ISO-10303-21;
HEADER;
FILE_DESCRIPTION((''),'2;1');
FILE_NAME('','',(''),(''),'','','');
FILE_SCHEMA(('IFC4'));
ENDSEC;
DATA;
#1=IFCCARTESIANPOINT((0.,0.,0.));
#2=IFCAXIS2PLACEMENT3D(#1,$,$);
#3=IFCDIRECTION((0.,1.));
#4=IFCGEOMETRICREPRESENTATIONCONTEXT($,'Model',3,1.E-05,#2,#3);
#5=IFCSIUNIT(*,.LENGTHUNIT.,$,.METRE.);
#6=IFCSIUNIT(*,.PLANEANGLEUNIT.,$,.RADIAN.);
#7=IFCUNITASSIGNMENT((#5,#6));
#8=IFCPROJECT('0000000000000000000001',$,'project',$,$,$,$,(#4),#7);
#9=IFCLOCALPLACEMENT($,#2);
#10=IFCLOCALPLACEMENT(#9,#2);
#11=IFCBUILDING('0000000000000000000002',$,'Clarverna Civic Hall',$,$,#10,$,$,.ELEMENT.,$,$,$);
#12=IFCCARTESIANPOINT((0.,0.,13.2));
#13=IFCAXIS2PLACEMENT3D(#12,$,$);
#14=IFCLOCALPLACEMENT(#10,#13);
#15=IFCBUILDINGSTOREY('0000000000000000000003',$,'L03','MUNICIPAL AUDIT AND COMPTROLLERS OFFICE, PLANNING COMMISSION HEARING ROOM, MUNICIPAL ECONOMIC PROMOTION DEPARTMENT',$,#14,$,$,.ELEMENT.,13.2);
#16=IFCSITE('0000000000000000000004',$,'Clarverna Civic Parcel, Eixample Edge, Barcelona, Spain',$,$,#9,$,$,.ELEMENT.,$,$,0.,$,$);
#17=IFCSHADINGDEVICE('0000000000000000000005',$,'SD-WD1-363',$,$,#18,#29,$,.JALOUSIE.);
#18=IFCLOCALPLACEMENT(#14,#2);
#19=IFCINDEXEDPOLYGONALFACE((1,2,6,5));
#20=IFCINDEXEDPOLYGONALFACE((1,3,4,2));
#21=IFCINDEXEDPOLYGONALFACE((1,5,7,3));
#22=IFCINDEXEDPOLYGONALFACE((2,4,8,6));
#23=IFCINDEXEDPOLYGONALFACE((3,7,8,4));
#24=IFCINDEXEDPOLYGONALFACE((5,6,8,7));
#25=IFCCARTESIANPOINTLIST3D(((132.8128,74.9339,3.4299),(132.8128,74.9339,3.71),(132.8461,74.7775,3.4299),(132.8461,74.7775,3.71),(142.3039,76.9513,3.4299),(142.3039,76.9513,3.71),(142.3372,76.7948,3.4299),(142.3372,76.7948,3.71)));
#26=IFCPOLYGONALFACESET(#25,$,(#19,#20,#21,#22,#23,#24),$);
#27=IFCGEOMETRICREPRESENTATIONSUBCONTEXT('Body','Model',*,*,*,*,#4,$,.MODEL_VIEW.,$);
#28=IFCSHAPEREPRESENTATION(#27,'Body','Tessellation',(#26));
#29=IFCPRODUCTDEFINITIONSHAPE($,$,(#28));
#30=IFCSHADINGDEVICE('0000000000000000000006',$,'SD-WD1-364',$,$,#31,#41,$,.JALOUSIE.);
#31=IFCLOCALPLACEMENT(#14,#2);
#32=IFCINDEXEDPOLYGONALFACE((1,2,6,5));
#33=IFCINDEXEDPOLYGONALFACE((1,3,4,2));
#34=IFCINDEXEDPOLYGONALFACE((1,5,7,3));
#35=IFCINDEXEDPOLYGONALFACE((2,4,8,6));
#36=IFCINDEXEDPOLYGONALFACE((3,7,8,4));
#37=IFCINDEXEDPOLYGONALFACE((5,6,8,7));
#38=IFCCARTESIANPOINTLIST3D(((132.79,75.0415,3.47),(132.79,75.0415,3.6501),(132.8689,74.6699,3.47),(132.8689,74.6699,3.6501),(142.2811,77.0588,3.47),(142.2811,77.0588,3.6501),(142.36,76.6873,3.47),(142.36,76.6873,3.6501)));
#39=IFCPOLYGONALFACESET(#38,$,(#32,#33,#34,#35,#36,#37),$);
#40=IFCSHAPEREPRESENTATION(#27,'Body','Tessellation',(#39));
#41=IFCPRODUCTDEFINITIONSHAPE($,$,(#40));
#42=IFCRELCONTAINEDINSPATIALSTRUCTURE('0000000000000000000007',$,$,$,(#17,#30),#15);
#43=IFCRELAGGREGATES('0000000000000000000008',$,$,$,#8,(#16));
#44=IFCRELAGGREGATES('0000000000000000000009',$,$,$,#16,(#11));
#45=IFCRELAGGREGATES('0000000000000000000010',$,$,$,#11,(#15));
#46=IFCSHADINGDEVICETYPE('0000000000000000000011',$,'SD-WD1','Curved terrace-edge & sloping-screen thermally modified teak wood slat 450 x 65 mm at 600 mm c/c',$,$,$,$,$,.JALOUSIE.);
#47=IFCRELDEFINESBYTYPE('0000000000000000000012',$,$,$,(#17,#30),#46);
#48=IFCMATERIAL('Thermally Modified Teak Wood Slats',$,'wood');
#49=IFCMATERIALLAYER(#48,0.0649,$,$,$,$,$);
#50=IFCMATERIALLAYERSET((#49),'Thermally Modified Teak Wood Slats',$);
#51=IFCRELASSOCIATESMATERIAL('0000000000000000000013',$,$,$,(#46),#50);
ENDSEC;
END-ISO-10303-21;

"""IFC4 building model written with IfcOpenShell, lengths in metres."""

from ifc_helpers import new_model, si_unit, direction, frame, frame_2d, origin, place, context, subcontext, project, spatial, rectangle, extrude, material, layer, layer_set, type_object, element, save


model = new_model("IFC4")

# Units and contexts
model_context = context("Model", 3, precision=1e-05, world=origin(), true_north=direction((0.0, 1.0)))
body_context = subcontext(model_context, "Body", "Model", "MODEL_VIEW")
ifc_project = project(units=[si_unit("LENGTHUNIT", "METRE"), si_unit("PLANEANGLEUNIT", "RADIAN")], contexts=[model_context])

# Site, building, storey
site_placement = place(None, origin())
site = spatial("IfcSite", under=ifc_project, at=site_placement, Name="Clarverna Civic Parcel, Eixample Edge, Barcelona, Spain", CompositionType="ELEMENT", RefElevation=0.0)
building_placement = place(site_placement, origin())
building = spatial("IfcBuilding", under=site, at=building_placement, Name="Clarverna Civic Hall", CompositionType="ELEMENT")
storey_placement = place(building_placement, frame((0.0, 0.0, 13.2)))
storey = spatial("IfcBuildingStorey", under=building, at=storey_placement, Name="L03", Description="MUNICIPAL AUDIT AND COMPTROLLERS OFFICE, PLANNING COMMISSION HEARING ROOM, MUNICIPAL ECONOMIC PROMOTION DEPARTMENT", CompositionType="ELEMENT", Elevation=13.2)

# Shading devices
ifc_material_1 = material(Name="Thermally Modified Teak Wood Slats", Category="wood")
ifc_layer_1 = layer(ifc_material_1, 0.0649)
ifc_layer_set_1 = layer_set([ifc_layer_1], Name="Thermally Modified Teak Wood Slats")
shading_device_type = type_object("IfcShadingDeviceType", Name="SD-WD1", Description="Curved terrace-edge & sloping-screen thermally modified teak wood slat 450 x 65 mm at 600 mm c/c", PredefinedType="JALOUSIE", material=ifc_layer_set_1)
shading_device_1_placement = place(storey_placement, frame((142.3206, 76.873, 3.4299), z_axis=(0.0, 0.0, 1.0), x_axis=(-0.978149, -0.207903, 0.0)))
element("IfcShadingDevice", 1, at=shading_device_1_placement, inside=storey, type_object=shading_device_type, Name="SD-WD1-363", PredefinedType="JALOUSIE", context=body_context, shape_type="SweptSolid", body=[
    extrude(rectangle(XDim=9.7031, YDim=0.1599, at=frame_2d((4.8516, 0.0))), origin(), (0.0, 0.0, 1.0), 0.28),
])
shading_device_2_placement = place(storey_placement, frame((142.3206, 76.873, 3.47), z_axis=(0.0, 0.0, 1.0), x_axis=(-0.978149, -0.207903, 0.0)))
element("IfcShadingDevice", 2, at=shading_device_2_placement, inside=storey, type_object=shading_device_type, Name="SD-WD1-364", PredefinedType="JALOUSIE", context=body_context, shape_type="SweptSolid", body=[
    extrude(rectangle(XDim=9.7031, YDim=0.3799, at=frame_2d((4.8516, 0.0))), origin(), (0.0, 0.0, 1.0), 0.1802),
])

save(model, "model.ifc")
